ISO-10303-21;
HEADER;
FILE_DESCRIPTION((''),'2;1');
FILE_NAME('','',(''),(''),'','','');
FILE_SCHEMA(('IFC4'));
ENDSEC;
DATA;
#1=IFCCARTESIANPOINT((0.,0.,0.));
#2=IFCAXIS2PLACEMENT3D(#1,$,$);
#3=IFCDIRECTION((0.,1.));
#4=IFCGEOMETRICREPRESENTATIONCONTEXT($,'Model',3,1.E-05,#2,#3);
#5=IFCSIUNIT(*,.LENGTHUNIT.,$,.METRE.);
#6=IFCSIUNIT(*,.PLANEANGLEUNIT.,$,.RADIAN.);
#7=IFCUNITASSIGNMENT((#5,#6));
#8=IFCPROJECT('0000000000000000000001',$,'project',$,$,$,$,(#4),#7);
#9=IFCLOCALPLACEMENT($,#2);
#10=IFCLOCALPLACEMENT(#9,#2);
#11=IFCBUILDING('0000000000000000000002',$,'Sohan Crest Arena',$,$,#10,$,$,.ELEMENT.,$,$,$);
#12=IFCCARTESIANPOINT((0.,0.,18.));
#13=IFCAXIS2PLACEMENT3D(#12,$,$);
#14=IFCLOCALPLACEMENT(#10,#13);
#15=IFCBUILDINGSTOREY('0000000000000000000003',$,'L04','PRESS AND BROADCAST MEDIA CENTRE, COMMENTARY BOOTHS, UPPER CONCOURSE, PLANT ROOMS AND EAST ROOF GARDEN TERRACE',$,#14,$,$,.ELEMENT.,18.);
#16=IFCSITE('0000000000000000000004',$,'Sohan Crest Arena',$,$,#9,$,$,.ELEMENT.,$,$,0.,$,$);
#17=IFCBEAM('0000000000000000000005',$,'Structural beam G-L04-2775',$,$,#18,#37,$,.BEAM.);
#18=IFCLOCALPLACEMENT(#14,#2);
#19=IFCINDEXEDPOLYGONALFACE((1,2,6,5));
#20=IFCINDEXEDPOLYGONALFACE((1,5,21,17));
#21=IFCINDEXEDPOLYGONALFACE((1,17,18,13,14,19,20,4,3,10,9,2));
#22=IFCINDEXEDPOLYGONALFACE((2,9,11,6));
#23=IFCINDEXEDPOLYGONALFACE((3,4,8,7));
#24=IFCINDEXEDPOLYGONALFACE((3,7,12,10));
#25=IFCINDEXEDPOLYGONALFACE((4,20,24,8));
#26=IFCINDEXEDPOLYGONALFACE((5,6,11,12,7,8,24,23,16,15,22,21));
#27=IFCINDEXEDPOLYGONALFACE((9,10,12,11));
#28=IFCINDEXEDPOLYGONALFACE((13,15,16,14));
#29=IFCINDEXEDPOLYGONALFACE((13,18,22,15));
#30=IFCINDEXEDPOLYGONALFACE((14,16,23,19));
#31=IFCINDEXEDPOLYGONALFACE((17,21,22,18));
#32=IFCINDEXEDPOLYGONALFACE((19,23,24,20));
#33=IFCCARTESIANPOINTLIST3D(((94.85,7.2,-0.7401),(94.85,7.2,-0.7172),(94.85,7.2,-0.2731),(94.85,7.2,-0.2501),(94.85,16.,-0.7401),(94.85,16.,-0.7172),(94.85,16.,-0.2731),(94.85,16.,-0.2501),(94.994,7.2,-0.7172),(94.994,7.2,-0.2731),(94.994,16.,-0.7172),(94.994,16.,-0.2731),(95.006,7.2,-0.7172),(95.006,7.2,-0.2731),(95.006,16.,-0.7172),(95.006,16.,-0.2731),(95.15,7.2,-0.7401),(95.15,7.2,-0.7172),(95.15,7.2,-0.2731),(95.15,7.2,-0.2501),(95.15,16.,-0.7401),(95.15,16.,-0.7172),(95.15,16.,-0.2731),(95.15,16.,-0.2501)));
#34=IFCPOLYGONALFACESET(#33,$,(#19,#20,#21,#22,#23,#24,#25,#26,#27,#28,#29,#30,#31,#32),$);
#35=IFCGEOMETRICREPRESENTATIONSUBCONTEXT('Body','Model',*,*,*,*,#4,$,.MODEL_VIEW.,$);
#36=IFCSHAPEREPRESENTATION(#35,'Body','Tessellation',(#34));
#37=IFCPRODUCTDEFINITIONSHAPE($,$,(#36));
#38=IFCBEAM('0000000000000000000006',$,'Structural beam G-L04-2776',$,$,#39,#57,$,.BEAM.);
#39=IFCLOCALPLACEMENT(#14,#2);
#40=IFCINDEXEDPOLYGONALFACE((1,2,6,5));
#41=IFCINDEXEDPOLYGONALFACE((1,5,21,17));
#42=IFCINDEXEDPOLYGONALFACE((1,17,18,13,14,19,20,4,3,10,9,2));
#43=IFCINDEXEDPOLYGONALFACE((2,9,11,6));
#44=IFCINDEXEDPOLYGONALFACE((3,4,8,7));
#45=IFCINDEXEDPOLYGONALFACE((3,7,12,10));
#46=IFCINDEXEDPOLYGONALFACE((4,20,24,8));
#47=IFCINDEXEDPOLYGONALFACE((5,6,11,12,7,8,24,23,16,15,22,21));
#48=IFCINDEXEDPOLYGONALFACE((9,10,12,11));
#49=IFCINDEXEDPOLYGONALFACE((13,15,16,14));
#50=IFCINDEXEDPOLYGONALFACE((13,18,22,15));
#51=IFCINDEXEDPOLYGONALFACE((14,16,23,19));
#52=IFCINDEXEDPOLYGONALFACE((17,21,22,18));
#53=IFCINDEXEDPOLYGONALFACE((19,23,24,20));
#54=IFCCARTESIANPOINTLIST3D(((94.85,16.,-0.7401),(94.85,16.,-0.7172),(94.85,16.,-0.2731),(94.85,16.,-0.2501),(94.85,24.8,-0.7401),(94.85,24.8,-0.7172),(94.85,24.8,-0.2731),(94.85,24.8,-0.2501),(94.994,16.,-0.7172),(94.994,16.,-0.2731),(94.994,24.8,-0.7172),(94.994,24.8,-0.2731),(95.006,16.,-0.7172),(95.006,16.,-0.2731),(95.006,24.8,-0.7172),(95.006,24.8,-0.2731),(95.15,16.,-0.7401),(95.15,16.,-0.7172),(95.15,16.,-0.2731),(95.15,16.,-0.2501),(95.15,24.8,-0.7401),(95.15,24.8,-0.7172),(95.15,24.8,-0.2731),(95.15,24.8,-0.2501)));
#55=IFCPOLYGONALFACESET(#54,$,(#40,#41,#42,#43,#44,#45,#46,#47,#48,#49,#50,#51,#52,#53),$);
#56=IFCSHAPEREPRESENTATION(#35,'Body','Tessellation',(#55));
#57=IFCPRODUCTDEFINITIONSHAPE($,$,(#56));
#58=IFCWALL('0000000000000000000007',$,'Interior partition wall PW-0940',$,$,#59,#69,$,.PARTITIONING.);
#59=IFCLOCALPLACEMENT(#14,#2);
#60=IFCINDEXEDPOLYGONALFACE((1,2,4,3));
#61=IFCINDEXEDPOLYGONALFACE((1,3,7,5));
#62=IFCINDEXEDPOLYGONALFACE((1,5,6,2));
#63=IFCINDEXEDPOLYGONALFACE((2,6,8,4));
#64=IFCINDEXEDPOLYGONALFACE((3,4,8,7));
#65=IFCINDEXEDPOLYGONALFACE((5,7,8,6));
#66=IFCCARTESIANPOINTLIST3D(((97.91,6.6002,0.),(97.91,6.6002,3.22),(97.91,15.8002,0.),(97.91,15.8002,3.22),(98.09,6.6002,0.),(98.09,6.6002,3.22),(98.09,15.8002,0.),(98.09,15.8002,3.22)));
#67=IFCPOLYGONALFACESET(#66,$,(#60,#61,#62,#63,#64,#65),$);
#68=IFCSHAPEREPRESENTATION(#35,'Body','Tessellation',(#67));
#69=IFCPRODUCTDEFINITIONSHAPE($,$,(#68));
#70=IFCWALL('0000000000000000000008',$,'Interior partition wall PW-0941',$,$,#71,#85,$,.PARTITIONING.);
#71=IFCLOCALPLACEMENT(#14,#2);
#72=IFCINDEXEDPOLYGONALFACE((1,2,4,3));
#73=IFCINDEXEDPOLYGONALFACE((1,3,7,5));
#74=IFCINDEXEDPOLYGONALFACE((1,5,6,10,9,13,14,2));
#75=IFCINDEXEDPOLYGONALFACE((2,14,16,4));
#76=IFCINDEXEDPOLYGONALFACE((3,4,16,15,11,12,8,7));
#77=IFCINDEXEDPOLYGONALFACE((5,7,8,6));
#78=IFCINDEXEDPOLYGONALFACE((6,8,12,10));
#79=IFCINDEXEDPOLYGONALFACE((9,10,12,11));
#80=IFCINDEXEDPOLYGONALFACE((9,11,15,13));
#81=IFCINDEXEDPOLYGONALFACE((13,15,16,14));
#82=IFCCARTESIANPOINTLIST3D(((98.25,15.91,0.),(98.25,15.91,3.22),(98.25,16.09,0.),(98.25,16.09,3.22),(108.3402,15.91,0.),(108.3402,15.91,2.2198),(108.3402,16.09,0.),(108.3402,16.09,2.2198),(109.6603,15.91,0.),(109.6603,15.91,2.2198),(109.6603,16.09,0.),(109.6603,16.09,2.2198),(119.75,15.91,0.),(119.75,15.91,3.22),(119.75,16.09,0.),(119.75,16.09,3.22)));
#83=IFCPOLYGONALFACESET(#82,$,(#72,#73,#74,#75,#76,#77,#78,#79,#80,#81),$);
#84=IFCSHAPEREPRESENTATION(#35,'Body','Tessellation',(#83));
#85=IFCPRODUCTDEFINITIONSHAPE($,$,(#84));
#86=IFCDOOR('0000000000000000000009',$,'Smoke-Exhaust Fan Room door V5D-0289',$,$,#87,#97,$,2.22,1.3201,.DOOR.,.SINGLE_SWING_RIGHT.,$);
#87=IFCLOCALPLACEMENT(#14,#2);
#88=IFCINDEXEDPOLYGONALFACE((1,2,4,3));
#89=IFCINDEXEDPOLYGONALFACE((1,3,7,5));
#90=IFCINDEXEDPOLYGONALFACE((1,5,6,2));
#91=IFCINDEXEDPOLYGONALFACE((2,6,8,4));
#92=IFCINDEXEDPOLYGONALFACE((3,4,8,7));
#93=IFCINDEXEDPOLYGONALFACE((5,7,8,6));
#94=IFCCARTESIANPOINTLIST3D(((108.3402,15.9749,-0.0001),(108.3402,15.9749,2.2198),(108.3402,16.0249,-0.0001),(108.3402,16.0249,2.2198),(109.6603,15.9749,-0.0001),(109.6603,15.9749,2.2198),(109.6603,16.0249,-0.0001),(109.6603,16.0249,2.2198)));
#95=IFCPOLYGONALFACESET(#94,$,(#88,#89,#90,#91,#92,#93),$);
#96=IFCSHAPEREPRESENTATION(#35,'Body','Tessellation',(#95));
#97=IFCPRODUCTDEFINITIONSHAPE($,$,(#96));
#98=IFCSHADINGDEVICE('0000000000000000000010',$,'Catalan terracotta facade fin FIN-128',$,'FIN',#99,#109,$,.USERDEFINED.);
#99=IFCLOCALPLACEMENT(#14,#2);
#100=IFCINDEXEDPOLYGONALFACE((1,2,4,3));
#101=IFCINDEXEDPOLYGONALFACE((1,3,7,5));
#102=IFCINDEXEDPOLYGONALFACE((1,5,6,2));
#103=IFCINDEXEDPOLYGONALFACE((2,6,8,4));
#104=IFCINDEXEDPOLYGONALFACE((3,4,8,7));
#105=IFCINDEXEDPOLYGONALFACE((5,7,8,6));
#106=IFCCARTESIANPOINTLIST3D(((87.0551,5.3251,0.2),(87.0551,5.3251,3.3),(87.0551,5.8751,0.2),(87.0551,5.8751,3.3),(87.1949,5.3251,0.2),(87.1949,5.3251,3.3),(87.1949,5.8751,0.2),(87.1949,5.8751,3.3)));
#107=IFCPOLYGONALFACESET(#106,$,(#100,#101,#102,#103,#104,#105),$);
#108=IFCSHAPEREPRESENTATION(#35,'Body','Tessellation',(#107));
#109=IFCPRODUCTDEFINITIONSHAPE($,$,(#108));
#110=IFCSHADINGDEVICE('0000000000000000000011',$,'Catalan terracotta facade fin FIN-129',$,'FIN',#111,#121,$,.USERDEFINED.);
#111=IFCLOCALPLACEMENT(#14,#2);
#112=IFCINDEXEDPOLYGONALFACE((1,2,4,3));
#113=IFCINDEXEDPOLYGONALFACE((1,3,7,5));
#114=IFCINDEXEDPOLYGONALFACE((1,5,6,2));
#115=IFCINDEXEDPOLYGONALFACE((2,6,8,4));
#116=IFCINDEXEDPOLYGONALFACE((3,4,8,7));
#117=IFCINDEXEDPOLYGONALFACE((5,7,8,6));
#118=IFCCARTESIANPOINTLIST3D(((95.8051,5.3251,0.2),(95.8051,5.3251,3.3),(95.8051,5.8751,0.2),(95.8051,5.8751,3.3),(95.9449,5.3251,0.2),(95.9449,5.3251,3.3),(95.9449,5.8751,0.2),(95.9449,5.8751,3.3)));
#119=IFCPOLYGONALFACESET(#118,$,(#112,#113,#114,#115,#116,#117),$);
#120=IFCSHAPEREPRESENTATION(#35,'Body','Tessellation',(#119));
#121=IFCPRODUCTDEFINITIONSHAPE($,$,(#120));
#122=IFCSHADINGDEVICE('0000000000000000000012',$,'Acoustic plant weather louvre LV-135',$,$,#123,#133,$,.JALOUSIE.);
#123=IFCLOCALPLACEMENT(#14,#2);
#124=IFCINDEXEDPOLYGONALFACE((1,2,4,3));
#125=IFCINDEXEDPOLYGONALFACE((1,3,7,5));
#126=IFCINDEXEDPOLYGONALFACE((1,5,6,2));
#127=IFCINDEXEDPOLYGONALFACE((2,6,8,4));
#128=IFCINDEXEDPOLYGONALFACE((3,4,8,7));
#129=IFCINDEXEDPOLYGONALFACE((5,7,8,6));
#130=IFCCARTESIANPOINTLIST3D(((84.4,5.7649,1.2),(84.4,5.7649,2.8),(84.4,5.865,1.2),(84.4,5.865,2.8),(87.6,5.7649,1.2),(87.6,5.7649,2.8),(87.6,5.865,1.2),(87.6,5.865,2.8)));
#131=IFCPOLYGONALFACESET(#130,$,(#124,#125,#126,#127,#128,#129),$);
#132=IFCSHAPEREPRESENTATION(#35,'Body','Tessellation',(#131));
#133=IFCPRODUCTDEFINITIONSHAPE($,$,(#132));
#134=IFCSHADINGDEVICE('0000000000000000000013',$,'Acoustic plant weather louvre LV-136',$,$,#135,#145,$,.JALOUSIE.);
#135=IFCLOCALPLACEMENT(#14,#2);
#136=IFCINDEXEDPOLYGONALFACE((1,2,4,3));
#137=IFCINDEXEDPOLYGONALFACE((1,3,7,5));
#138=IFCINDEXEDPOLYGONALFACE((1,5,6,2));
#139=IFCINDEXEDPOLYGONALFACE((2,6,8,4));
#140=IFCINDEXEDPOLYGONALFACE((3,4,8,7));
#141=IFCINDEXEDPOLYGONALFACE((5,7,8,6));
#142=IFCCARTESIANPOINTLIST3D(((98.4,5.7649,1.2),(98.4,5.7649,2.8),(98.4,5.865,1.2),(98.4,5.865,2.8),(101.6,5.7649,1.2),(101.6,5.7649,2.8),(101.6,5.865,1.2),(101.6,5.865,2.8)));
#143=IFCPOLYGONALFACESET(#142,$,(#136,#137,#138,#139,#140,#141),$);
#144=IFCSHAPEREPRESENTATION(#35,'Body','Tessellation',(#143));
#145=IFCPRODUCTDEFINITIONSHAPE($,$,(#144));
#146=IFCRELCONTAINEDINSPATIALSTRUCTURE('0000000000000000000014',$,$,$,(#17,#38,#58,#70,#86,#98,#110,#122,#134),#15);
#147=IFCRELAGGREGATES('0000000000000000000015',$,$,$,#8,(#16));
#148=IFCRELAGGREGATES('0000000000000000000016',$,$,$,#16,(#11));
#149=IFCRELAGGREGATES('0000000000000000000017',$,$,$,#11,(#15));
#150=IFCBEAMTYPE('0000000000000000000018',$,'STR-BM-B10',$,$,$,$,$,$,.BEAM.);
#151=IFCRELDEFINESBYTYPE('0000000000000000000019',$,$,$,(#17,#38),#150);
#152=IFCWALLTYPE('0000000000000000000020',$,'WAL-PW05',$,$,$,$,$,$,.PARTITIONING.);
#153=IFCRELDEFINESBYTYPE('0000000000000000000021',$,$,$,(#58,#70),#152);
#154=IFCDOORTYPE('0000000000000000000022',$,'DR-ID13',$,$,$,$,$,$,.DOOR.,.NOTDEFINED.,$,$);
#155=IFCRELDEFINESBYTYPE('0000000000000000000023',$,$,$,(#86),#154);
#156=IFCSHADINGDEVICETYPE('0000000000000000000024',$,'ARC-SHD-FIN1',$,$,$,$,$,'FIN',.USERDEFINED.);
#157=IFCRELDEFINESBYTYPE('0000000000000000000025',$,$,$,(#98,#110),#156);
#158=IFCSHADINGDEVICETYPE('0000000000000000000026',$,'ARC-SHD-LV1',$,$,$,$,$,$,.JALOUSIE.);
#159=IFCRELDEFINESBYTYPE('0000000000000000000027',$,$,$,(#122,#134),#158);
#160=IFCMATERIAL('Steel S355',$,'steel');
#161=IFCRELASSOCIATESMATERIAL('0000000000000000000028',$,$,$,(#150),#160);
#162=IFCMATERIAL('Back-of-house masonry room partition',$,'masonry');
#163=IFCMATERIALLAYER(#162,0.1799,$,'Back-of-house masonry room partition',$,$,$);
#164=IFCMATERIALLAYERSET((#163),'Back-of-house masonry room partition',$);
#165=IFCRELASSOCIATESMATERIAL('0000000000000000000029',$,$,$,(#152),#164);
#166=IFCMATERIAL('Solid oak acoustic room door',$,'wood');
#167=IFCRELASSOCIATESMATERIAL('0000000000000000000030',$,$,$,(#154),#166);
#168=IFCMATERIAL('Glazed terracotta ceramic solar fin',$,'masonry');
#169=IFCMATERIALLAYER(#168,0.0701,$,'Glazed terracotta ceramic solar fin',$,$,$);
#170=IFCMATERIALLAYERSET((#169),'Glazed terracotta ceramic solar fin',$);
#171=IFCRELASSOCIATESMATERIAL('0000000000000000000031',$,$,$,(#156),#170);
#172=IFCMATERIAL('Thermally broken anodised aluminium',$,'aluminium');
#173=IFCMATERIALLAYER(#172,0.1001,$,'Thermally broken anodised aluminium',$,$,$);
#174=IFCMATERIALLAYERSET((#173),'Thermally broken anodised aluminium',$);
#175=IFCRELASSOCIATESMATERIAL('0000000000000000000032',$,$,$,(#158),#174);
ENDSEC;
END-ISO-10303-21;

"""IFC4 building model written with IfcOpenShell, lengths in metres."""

from ifc_helpers import new_model, si_unit, direction, frame, frame_2d, origin, origin_2d, place, context, subcontext, project, spatial, rectangle, i_section, extrude, material, layer, layer_set, material_profile, profile_set, type_object, element, fill, save


model = new_model("IFC4")

# Units and contexts
model_context = context("Model", 3, precision=1e-05, world=origin(), true_north=direction((0.0, 1.0)))
body_context = subcontext(model_context, "Body", "Model", "MODEL_VIEW")
ifc_project = project(units=[si_unit("LENGTHUNIT", "METRE"), si_unit("PLANEANGLEUNIT", "RADIAN")], contexts=[model_context])

# Site, building, storey
site_placement = place(None, origin())
site = spatial("IfcSite", under=ifc_project, at=site_placement, Name="Sohan Crest Arena", CompositionType="ELEMENT", RefElevation=0.0)
building_placement = place(site_placement, origin())
building = spatial("IfcBuilding", under=site, at=building_placement, Name="Sohan Crest Arena", CompositionType="ELEMENT")
storey_placement = place(building_placement, frame((0.0, 0.0, 18.0)))
storey = spatial("IfcBuildingStorey", under=building, at=storey_placement, Name="L04", Description="PRESS AND BROADCAST MEDIA CENTRE, COMMENTARY BOOTHS, UPPER CONCOURSE, PLANT ROOMS AND EAST ROOF GARDEN TERRACE", CompositionType="ELEMENT", Elevation=18.0)

# Shared definitions
ifc_material_1 = material(Name="Steel S355", Category="steel")

# Beams
ifc_material_profile_1 = material_profile(ifc_material_1, i_section(OverallWidth=0.3, OverallDepth=0.49, WebThickness=0.012, FlangeThickness=0.0229, at=origin_2d()), Name="HEA 500")
ifc_profile_set_1 = profile_set([ifc_material_profile_1], Name="Steel S355")
beam_type_1 = type_object("IfcBeamType", Name="STR-BM-B10", PredefinedType="BEAM", material=ifc_profile_set_1)
for number, where, z_axis, x_axis, name in (
    (1, (95.0, 7.2, -0.4951), (0.0, 1.0, 0.0), (-1.0, 0.0, 0.0), "Structural beam G-L04-2775"),
    (2, (95.0, 16.0, -0.4951), (0.0, 1.0, 0.0), (-1.0, 0.0, 0.0), "Structural beam G-L04-2776"),
):
    element("IfcBeam", number, at=place(storey_placement, frame(where, z_axis=z_axis, x_axis=x_axis)), inside=storey, type_object=beam_type_1, Name=name, PredefinedType="BEAM", context=body_context, shape_type="SweptSolid", body=[
        extrude(i_section(OverallWidth=0.3, OverallDepth=0.49, WebThickness=0.012, FlangeThickness=0.0229, at=origin_2d()), origin(), (0.0, 0.0, 1.0), 8.8),
    ])

# Wall
ifc_material_2 = material(Name="Back-of-house masonry room partition", Category="masonry")
ifc_layer_1 = layer(ifc_material_2, 0.1799, Name="Back-of-house masonry room partition")
ifc_layer_set_1 = layer_set([ifc_layer_1], Name="Back-of-house masonry room partition")
wall_type = type_object("IfcWallType", Name="WAL-PW05", PredefinedType="PARTITIONING", material=ifc_layer_set_1)
wall_1_placement = place(storey_placement, frame((98.0, 6.6001, 0.0), z_axis=(0.0, 0.0, 1.0), x_axis=(0.0, 1.0, 0.0)))
element("IfcWall", 3, at=wall_1_placement, inside=storey, type_object=wall_type, Name="Interior partition wall PW-0940", PredefinedType="PARTITIONING", context=body_context, shape_type="SweptSolid", body=[
    extrude(rectangle(XDim=9.2, YDim=0.1799, at=frame_2d((4.6001, 0.0))), origin(), (0.0, 0.0, 1.0), 3.22),
])

# Wall, opening, door
wall_2_placement = place(storey_placement, frame((98.25, 16.0, 0.0), z_axis=(0.0, 0.0, 1.0), x_axis=(1.0, 0.0, 0.0)))
wall_2 = element("IfcWall", 4, at=wall_2_placement, inside=storey, type_object=wall_type, Name="Interior partition wall PW-0941", PredefinedType="PARTITIONING", context=body_context, shape_type="SweptSolid", body=[
    extrude(rectangle(XDim=21.5, YDim=0.1799, at=frame_2d((10.75, 0.0))), origin(), (0.0, 0.0, 1.0), 3.22),
])
opening_placement = place(wall_2_placement, frame((10.0901, 0.0, 0.0)))
opening = element("IfcOpeningElement", 5, at=opening_placement, cuts=wall_2, PredefinedType="OPENING", context=body_context, shape_type="SweptSolid", body=[
    extrude(rectangle(XDim=1.3201, YDim=2.22, at=frame_2d((0.6602, 1.1099))), frame((0.0, 0.0999, 0.0), z_axis=(0.0, -1.0, 0.0), x_axis=(1.0, 0.0, 0.0)), (0.0, 0.0, 1.0), 0.2),
])
ifc_material_3 = material(Name="Solid oak acoustic room door", Category="wood")
door_type = type_object("IfcDoorType", Name="DR-ID13", OperationType="NOTDEFINED", PredefinedType="DOOR", material=ifc_material_3)
door_placement = place(opening_placement, origin())
door = element("IfcDoor", 6, at=door_placement, inside=storey, type_object=door_type, Name="Smoke-Exhaust Fan Room door V5D-0289", OperationType="SINGLE_SWING_RIGHT", OverallHeight=2.22, OverallWidth=1.3201, PredefinedType="DOOR", context=body_context, shape_type="SweptSolid", body=[
    extrude(rectangle(XDim=1.3201, YDim=2.22, at=frame_2d((0.6602, 1.1099))), frame((0.0, 0.0249, 0.0), z_axis=(0.0, -1.0, 0.0), x_axis=(1.0, 0.0, 0.0)), (0.0, 0.0, 1.0), 0.05),
])
fill(opening, door)

# Shading devices
ifc_material_4 = material(Name="Glazed terracotta ceramic solar fin", Category="masonry")
ifc_layer_2 = layer(ifc_material_4, 0.0701, Name="Glazed terracotta ceramic solar fin")
ifc_layer_set_2 = layer_set([ifc_layer_2], Name="Glazed terracotta ceramic solar fin")
shading_device_type_1 = type_object("IfcShadingDeviceType", Name="ARC-SHD-FIN1", ElementType="FIN", PredefinedType="USERDEFINED", material=ifc_layer_set_2)
for number, where, z_axis, x_axis, name in (
    (7, (87.125, 5.6001, 0.2), (0.0, 0.0, 1.0), (1.0, 0.0, 0.0), "Catalan terracotta facade fin FIN-128"),
    (8, (95.875, 5.6001, 0.2), (0.0, 0.0, 1.0), (1.0, 0.0, 0.0), "Catalan terracotta facade fin FIN-129"),
):
    element("IfcShadingDevice", number, at=place(storey_placement, frame(where, z_axis=z_axis, x_axis=x_axis)), inside=storey, type_object=shading_device_type_1, Name=name, ObjectType="FIN", PredefinedType="USERDEFINED", context=body_context, shape_type="SweptSolid", body=[
        extrude(rectangle(XDim=0.1399, YDim=0.55, at=origin_2d()), origin(), (0.0, 0.0, 1.0), 3.1001),
    ])
ifc_material_5 = material(Name="Thermally broken anodised aluminium", Category="aluminium")
ifc_layer_3 = layer(ifc_material_5, 0.1001, Name="Thermally broken anodised aluminium")
ifc_layer_set_3 = layer_set([ifc_layer_3], Name="Thermally broken anodised aluminium")
shading_device_type_2 = type_object("IfcShadingDeviceType", Name="ARC-SHD-LV1", PredefinedType="JALOUSIE", material=ifc_layer_set_3)
for number, where, z_axis, x_axis, name in (
    (9, (86.0, 5.8149, 1.2), (0.0, 0.0, 1.0), (1.0, 0.0, 0.0), "Acoustic plant weather louvre LV-135"),
    (10, (100.0, 5.8149, 1.2), (0.0, 0.0, 1.0), (1.0, 0.0, 0.0), "Acoustic plant weather louvre LV-136"),
):
    element("IfcShadingDevice", number, at=place(storey_placement, frame(where, z_axis=z_axis, x_axis=x_axis)), inside=storey, type_object=shading_device_type_2, Name=name, PredefinedType="JALOUSIE", context=body_context, shape_type="SweptSolid", body=[
        extrude(rectangle(XDim=3.2, YDim=0.1001, at=origin_2d()), origin(), (0.0, 0.0, 1.0), 1.6001),
    ])

save(model, "model.ifc")
